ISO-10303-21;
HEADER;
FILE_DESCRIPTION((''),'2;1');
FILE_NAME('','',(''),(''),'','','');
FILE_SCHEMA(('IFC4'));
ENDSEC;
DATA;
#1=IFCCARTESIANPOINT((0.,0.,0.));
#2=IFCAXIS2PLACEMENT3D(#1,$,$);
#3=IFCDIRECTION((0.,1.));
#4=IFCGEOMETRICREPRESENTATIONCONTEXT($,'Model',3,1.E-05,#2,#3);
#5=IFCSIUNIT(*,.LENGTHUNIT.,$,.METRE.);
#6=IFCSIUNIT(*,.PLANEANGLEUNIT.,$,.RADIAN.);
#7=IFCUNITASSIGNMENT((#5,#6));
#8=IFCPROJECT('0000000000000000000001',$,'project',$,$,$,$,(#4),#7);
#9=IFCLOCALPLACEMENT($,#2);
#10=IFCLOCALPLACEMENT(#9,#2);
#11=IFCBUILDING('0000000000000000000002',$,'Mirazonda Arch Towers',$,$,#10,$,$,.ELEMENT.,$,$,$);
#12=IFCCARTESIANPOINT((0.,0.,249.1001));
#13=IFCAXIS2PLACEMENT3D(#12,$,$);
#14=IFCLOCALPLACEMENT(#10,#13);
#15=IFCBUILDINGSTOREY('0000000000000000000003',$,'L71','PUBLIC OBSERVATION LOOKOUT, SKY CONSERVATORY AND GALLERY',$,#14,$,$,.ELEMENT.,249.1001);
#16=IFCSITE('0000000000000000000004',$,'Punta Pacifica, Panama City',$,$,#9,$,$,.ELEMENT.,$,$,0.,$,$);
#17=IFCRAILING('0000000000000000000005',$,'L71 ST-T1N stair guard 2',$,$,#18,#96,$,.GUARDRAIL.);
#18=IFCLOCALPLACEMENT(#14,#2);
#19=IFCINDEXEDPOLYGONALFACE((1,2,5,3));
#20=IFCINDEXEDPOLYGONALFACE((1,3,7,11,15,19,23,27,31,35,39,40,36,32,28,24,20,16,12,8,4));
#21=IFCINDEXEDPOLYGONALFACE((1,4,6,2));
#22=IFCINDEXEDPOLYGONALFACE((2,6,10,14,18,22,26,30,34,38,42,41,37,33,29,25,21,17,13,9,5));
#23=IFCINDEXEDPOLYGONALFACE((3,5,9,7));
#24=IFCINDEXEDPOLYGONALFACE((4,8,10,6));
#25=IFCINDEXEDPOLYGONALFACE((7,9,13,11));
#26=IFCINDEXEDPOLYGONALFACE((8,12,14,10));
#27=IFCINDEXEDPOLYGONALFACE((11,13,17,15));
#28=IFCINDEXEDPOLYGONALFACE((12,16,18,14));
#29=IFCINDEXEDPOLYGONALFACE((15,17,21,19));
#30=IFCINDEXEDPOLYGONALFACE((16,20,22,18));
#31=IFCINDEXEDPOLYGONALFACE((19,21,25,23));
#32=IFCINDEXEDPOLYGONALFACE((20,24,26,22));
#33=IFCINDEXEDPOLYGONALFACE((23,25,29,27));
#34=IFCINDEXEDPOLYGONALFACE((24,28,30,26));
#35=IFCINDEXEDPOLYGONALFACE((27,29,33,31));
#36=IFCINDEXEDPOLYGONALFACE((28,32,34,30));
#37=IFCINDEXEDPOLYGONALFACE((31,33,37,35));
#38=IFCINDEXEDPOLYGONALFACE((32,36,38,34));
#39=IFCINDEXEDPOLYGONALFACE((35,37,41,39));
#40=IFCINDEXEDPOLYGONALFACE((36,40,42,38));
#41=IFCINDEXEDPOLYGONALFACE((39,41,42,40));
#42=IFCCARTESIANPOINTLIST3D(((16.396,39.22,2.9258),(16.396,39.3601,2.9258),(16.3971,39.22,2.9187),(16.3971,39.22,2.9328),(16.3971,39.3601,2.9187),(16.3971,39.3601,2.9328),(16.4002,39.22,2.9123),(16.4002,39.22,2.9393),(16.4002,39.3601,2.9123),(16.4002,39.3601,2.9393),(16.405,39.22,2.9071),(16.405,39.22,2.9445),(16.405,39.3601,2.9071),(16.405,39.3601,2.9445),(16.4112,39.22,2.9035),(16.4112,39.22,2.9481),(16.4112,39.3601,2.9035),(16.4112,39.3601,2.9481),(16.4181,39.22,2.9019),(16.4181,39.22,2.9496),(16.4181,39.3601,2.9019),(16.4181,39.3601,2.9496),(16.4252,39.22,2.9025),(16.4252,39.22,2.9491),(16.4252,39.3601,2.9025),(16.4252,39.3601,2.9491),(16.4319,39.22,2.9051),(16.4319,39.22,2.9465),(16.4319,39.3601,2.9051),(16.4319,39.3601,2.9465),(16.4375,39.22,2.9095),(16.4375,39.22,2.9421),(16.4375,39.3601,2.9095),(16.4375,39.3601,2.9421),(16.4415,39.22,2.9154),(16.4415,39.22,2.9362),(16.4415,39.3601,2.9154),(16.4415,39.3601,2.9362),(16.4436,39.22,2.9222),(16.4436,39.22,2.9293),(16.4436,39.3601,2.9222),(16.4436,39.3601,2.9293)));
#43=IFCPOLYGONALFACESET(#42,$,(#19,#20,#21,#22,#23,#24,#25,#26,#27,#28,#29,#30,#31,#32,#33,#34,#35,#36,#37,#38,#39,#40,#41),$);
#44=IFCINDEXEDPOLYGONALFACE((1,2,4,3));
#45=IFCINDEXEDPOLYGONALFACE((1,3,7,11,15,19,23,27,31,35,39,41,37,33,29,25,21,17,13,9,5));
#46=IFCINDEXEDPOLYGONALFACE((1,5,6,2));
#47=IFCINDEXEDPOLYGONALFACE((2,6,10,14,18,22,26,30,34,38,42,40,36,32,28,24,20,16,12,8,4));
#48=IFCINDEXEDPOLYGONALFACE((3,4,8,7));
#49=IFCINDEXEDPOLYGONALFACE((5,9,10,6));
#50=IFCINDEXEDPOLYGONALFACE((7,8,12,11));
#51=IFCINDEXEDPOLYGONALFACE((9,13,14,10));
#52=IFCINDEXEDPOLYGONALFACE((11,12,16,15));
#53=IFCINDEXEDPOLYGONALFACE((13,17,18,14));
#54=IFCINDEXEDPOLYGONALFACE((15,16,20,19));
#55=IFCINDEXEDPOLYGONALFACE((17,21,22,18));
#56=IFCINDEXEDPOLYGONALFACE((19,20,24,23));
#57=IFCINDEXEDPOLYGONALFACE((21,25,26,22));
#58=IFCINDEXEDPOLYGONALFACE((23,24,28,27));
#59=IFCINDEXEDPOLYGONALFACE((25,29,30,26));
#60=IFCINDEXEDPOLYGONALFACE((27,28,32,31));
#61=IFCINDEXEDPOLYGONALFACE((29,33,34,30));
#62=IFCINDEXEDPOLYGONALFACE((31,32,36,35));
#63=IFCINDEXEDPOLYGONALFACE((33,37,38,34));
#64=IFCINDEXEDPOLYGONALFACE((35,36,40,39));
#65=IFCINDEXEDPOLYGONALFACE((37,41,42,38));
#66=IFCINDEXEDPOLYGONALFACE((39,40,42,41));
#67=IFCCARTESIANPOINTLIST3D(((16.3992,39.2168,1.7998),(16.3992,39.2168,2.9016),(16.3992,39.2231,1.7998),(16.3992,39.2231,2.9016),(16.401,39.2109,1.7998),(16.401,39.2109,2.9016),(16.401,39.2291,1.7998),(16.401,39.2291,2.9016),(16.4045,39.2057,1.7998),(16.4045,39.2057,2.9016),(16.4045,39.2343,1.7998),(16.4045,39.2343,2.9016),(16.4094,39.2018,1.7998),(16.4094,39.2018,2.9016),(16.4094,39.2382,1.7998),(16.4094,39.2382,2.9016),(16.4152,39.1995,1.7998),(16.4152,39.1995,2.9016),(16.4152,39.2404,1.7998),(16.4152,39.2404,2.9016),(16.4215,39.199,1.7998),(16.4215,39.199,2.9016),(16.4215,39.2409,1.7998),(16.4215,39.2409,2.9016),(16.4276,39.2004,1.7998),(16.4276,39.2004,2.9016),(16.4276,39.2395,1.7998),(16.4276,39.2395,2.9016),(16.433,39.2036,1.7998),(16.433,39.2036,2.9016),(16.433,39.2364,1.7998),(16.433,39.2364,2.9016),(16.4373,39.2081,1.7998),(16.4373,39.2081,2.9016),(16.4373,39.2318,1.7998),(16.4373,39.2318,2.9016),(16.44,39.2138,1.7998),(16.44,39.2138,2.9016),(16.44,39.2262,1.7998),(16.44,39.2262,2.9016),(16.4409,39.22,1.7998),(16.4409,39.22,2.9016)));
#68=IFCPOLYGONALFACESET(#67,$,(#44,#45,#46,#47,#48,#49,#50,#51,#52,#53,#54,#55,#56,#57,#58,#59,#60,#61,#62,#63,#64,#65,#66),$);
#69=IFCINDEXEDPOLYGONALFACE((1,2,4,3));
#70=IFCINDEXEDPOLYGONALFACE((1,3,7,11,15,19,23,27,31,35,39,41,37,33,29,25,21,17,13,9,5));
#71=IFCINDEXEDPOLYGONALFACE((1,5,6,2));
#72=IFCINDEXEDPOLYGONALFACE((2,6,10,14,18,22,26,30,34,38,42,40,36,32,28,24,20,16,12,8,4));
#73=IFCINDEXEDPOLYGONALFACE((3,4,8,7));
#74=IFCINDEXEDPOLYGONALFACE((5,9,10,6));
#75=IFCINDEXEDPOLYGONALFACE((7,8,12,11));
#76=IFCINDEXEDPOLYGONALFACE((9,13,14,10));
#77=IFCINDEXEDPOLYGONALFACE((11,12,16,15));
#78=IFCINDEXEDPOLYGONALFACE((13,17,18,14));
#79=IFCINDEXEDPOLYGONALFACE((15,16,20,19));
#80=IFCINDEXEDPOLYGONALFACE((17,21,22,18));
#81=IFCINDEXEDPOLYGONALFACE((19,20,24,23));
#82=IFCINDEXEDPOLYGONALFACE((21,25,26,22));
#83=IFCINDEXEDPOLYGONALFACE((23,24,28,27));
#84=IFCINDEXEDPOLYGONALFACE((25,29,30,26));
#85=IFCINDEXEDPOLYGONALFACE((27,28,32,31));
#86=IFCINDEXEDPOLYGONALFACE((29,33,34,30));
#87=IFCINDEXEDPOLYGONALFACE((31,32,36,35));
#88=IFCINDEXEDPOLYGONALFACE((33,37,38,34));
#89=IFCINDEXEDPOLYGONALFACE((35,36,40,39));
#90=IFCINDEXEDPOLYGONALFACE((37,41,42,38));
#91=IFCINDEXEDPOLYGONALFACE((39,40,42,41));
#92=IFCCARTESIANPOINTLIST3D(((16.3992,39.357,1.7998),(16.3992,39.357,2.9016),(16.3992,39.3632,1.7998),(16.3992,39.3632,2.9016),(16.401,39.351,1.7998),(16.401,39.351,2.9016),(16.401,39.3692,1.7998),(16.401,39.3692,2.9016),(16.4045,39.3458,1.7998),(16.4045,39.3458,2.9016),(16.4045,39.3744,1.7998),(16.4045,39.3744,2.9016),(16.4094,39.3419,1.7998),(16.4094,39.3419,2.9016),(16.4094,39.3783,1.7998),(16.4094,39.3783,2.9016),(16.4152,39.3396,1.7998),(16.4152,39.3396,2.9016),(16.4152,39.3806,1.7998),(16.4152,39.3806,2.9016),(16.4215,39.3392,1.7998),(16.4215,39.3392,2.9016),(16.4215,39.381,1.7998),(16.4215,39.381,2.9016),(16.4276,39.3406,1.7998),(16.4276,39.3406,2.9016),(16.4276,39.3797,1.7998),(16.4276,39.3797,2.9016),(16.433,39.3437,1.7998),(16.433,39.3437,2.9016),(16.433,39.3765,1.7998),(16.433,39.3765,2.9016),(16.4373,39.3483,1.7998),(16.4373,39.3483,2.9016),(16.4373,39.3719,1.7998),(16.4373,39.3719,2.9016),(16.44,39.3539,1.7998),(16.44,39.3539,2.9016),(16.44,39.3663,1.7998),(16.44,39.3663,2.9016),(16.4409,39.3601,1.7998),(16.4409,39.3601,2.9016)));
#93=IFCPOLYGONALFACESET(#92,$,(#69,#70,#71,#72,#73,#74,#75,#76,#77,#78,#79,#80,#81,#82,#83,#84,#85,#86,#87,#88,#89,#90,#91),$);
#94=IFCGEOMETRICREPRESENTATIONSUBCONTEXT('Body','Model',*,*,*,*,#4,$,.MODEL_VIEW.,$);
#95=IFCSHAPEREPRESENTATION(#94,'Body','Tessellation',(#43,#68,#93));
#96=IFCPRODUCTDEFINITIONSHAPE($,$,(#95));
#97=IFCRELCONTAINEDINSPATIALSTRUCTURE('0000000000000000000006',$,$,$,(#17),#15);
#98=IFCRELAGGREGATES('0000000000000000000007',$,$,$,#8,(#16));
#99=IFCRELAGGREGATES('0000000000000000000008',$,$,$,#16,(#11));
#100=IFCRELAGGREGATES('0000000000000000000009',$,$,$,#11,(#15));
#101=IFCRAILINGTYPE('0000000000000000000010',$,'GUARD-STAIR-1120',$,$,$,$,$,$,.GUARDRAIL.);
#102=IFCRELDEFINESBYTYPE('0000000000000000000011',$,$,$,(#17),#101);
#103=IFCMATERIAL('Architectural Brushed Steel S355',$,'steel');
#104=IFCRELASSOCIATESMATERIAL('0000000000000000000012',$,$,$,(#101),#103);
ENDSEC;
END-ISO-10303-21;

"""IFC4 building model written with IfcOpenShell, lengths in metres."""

from ifc_helpers import new_model, si_unit, direction, frame, origin, origin_2d, place, context, subcontext, project, spatial, circle, extrude, material, type_object, element, save


model = new_model("IFC4")

# Units and contexts
model_context = context("Model", 3, precision=1e-05, world=origin(), true_north=direction((0.0, 1.0)))
body_context = subcontext(model_context, "Body", "Model", "MODEL_VIEW")
ifc_project = project(units=[si_unit("LENGTHUNIT", "METRE"), si_unit("PLANEANGLEUNIT", "RADIAN")], contexts=[model_context])

# Site, building, storey
site_placement = place(None, origin())
site = spatial("IfcSite", under=ifc_project, at=site_placement, Name="Punta Pacifica, Panama City", CompositionType="ELEMENT", RefElevation=0.0)
building_placement = place(site_placement, origin())
building = spatial("IfcBuilding", under=site, at=building_placement, Name="Mirazonda Arch Towers", CompositionType="ELEMENT")
storey_placement = place(building_placement, frame((0.0, 0.0, 249.1001)))
storey = spatial("IfcBuildingStorey", under=building, at=storey_placement, Name="L71", Description="PUBLIC OBSERVATION LOOKOUT, SKY CONSERVATORY AND GALLERY", CompositionType="ELEMENT", Elevation=249.1001)

# Railing
ifc_material_1 = material(Name="Architectural Brushed Steel S355", Category="steel")
railing_type = type_object("IfcRailingType", Name="GUARD-STAIR-1120", PredefinedType="GUARDRAIL", material=ifc_material_1)
railing_placement = place(storey_placement, frame((16.4199, 39.22, 1.7998)))
element("IfcRailing", 1, at=railing_placement, inside=storey, type_object=railing_type, Name="L71 ST-T1N stair guard 2", PredefinedType="GUARDRAIL", context=body_context, shape_type="SweptSolid", body=[
    extrude(circle(Radius=0.0239, at=origin_2d()), frame((0.0, 0.0, 1.126), z_axis=(0.0, 1.0, 0.0), x_axis=(-1.0, 0.0, 0.0)), (0.0, 0.0, 1.0), 0.1401),
    extrude(circle(Radius=0.021, at=origin_2d()), origin(), (0.0, 0.0, 1.0), 1.1018),
    extrude(circle(Radius=0.021, at=origin_2d()), frame((0.0, 0.1401, 0.0)), (0.0, 0.0, 1.0), 1.1018),
])

save(model, "model.ifc")
